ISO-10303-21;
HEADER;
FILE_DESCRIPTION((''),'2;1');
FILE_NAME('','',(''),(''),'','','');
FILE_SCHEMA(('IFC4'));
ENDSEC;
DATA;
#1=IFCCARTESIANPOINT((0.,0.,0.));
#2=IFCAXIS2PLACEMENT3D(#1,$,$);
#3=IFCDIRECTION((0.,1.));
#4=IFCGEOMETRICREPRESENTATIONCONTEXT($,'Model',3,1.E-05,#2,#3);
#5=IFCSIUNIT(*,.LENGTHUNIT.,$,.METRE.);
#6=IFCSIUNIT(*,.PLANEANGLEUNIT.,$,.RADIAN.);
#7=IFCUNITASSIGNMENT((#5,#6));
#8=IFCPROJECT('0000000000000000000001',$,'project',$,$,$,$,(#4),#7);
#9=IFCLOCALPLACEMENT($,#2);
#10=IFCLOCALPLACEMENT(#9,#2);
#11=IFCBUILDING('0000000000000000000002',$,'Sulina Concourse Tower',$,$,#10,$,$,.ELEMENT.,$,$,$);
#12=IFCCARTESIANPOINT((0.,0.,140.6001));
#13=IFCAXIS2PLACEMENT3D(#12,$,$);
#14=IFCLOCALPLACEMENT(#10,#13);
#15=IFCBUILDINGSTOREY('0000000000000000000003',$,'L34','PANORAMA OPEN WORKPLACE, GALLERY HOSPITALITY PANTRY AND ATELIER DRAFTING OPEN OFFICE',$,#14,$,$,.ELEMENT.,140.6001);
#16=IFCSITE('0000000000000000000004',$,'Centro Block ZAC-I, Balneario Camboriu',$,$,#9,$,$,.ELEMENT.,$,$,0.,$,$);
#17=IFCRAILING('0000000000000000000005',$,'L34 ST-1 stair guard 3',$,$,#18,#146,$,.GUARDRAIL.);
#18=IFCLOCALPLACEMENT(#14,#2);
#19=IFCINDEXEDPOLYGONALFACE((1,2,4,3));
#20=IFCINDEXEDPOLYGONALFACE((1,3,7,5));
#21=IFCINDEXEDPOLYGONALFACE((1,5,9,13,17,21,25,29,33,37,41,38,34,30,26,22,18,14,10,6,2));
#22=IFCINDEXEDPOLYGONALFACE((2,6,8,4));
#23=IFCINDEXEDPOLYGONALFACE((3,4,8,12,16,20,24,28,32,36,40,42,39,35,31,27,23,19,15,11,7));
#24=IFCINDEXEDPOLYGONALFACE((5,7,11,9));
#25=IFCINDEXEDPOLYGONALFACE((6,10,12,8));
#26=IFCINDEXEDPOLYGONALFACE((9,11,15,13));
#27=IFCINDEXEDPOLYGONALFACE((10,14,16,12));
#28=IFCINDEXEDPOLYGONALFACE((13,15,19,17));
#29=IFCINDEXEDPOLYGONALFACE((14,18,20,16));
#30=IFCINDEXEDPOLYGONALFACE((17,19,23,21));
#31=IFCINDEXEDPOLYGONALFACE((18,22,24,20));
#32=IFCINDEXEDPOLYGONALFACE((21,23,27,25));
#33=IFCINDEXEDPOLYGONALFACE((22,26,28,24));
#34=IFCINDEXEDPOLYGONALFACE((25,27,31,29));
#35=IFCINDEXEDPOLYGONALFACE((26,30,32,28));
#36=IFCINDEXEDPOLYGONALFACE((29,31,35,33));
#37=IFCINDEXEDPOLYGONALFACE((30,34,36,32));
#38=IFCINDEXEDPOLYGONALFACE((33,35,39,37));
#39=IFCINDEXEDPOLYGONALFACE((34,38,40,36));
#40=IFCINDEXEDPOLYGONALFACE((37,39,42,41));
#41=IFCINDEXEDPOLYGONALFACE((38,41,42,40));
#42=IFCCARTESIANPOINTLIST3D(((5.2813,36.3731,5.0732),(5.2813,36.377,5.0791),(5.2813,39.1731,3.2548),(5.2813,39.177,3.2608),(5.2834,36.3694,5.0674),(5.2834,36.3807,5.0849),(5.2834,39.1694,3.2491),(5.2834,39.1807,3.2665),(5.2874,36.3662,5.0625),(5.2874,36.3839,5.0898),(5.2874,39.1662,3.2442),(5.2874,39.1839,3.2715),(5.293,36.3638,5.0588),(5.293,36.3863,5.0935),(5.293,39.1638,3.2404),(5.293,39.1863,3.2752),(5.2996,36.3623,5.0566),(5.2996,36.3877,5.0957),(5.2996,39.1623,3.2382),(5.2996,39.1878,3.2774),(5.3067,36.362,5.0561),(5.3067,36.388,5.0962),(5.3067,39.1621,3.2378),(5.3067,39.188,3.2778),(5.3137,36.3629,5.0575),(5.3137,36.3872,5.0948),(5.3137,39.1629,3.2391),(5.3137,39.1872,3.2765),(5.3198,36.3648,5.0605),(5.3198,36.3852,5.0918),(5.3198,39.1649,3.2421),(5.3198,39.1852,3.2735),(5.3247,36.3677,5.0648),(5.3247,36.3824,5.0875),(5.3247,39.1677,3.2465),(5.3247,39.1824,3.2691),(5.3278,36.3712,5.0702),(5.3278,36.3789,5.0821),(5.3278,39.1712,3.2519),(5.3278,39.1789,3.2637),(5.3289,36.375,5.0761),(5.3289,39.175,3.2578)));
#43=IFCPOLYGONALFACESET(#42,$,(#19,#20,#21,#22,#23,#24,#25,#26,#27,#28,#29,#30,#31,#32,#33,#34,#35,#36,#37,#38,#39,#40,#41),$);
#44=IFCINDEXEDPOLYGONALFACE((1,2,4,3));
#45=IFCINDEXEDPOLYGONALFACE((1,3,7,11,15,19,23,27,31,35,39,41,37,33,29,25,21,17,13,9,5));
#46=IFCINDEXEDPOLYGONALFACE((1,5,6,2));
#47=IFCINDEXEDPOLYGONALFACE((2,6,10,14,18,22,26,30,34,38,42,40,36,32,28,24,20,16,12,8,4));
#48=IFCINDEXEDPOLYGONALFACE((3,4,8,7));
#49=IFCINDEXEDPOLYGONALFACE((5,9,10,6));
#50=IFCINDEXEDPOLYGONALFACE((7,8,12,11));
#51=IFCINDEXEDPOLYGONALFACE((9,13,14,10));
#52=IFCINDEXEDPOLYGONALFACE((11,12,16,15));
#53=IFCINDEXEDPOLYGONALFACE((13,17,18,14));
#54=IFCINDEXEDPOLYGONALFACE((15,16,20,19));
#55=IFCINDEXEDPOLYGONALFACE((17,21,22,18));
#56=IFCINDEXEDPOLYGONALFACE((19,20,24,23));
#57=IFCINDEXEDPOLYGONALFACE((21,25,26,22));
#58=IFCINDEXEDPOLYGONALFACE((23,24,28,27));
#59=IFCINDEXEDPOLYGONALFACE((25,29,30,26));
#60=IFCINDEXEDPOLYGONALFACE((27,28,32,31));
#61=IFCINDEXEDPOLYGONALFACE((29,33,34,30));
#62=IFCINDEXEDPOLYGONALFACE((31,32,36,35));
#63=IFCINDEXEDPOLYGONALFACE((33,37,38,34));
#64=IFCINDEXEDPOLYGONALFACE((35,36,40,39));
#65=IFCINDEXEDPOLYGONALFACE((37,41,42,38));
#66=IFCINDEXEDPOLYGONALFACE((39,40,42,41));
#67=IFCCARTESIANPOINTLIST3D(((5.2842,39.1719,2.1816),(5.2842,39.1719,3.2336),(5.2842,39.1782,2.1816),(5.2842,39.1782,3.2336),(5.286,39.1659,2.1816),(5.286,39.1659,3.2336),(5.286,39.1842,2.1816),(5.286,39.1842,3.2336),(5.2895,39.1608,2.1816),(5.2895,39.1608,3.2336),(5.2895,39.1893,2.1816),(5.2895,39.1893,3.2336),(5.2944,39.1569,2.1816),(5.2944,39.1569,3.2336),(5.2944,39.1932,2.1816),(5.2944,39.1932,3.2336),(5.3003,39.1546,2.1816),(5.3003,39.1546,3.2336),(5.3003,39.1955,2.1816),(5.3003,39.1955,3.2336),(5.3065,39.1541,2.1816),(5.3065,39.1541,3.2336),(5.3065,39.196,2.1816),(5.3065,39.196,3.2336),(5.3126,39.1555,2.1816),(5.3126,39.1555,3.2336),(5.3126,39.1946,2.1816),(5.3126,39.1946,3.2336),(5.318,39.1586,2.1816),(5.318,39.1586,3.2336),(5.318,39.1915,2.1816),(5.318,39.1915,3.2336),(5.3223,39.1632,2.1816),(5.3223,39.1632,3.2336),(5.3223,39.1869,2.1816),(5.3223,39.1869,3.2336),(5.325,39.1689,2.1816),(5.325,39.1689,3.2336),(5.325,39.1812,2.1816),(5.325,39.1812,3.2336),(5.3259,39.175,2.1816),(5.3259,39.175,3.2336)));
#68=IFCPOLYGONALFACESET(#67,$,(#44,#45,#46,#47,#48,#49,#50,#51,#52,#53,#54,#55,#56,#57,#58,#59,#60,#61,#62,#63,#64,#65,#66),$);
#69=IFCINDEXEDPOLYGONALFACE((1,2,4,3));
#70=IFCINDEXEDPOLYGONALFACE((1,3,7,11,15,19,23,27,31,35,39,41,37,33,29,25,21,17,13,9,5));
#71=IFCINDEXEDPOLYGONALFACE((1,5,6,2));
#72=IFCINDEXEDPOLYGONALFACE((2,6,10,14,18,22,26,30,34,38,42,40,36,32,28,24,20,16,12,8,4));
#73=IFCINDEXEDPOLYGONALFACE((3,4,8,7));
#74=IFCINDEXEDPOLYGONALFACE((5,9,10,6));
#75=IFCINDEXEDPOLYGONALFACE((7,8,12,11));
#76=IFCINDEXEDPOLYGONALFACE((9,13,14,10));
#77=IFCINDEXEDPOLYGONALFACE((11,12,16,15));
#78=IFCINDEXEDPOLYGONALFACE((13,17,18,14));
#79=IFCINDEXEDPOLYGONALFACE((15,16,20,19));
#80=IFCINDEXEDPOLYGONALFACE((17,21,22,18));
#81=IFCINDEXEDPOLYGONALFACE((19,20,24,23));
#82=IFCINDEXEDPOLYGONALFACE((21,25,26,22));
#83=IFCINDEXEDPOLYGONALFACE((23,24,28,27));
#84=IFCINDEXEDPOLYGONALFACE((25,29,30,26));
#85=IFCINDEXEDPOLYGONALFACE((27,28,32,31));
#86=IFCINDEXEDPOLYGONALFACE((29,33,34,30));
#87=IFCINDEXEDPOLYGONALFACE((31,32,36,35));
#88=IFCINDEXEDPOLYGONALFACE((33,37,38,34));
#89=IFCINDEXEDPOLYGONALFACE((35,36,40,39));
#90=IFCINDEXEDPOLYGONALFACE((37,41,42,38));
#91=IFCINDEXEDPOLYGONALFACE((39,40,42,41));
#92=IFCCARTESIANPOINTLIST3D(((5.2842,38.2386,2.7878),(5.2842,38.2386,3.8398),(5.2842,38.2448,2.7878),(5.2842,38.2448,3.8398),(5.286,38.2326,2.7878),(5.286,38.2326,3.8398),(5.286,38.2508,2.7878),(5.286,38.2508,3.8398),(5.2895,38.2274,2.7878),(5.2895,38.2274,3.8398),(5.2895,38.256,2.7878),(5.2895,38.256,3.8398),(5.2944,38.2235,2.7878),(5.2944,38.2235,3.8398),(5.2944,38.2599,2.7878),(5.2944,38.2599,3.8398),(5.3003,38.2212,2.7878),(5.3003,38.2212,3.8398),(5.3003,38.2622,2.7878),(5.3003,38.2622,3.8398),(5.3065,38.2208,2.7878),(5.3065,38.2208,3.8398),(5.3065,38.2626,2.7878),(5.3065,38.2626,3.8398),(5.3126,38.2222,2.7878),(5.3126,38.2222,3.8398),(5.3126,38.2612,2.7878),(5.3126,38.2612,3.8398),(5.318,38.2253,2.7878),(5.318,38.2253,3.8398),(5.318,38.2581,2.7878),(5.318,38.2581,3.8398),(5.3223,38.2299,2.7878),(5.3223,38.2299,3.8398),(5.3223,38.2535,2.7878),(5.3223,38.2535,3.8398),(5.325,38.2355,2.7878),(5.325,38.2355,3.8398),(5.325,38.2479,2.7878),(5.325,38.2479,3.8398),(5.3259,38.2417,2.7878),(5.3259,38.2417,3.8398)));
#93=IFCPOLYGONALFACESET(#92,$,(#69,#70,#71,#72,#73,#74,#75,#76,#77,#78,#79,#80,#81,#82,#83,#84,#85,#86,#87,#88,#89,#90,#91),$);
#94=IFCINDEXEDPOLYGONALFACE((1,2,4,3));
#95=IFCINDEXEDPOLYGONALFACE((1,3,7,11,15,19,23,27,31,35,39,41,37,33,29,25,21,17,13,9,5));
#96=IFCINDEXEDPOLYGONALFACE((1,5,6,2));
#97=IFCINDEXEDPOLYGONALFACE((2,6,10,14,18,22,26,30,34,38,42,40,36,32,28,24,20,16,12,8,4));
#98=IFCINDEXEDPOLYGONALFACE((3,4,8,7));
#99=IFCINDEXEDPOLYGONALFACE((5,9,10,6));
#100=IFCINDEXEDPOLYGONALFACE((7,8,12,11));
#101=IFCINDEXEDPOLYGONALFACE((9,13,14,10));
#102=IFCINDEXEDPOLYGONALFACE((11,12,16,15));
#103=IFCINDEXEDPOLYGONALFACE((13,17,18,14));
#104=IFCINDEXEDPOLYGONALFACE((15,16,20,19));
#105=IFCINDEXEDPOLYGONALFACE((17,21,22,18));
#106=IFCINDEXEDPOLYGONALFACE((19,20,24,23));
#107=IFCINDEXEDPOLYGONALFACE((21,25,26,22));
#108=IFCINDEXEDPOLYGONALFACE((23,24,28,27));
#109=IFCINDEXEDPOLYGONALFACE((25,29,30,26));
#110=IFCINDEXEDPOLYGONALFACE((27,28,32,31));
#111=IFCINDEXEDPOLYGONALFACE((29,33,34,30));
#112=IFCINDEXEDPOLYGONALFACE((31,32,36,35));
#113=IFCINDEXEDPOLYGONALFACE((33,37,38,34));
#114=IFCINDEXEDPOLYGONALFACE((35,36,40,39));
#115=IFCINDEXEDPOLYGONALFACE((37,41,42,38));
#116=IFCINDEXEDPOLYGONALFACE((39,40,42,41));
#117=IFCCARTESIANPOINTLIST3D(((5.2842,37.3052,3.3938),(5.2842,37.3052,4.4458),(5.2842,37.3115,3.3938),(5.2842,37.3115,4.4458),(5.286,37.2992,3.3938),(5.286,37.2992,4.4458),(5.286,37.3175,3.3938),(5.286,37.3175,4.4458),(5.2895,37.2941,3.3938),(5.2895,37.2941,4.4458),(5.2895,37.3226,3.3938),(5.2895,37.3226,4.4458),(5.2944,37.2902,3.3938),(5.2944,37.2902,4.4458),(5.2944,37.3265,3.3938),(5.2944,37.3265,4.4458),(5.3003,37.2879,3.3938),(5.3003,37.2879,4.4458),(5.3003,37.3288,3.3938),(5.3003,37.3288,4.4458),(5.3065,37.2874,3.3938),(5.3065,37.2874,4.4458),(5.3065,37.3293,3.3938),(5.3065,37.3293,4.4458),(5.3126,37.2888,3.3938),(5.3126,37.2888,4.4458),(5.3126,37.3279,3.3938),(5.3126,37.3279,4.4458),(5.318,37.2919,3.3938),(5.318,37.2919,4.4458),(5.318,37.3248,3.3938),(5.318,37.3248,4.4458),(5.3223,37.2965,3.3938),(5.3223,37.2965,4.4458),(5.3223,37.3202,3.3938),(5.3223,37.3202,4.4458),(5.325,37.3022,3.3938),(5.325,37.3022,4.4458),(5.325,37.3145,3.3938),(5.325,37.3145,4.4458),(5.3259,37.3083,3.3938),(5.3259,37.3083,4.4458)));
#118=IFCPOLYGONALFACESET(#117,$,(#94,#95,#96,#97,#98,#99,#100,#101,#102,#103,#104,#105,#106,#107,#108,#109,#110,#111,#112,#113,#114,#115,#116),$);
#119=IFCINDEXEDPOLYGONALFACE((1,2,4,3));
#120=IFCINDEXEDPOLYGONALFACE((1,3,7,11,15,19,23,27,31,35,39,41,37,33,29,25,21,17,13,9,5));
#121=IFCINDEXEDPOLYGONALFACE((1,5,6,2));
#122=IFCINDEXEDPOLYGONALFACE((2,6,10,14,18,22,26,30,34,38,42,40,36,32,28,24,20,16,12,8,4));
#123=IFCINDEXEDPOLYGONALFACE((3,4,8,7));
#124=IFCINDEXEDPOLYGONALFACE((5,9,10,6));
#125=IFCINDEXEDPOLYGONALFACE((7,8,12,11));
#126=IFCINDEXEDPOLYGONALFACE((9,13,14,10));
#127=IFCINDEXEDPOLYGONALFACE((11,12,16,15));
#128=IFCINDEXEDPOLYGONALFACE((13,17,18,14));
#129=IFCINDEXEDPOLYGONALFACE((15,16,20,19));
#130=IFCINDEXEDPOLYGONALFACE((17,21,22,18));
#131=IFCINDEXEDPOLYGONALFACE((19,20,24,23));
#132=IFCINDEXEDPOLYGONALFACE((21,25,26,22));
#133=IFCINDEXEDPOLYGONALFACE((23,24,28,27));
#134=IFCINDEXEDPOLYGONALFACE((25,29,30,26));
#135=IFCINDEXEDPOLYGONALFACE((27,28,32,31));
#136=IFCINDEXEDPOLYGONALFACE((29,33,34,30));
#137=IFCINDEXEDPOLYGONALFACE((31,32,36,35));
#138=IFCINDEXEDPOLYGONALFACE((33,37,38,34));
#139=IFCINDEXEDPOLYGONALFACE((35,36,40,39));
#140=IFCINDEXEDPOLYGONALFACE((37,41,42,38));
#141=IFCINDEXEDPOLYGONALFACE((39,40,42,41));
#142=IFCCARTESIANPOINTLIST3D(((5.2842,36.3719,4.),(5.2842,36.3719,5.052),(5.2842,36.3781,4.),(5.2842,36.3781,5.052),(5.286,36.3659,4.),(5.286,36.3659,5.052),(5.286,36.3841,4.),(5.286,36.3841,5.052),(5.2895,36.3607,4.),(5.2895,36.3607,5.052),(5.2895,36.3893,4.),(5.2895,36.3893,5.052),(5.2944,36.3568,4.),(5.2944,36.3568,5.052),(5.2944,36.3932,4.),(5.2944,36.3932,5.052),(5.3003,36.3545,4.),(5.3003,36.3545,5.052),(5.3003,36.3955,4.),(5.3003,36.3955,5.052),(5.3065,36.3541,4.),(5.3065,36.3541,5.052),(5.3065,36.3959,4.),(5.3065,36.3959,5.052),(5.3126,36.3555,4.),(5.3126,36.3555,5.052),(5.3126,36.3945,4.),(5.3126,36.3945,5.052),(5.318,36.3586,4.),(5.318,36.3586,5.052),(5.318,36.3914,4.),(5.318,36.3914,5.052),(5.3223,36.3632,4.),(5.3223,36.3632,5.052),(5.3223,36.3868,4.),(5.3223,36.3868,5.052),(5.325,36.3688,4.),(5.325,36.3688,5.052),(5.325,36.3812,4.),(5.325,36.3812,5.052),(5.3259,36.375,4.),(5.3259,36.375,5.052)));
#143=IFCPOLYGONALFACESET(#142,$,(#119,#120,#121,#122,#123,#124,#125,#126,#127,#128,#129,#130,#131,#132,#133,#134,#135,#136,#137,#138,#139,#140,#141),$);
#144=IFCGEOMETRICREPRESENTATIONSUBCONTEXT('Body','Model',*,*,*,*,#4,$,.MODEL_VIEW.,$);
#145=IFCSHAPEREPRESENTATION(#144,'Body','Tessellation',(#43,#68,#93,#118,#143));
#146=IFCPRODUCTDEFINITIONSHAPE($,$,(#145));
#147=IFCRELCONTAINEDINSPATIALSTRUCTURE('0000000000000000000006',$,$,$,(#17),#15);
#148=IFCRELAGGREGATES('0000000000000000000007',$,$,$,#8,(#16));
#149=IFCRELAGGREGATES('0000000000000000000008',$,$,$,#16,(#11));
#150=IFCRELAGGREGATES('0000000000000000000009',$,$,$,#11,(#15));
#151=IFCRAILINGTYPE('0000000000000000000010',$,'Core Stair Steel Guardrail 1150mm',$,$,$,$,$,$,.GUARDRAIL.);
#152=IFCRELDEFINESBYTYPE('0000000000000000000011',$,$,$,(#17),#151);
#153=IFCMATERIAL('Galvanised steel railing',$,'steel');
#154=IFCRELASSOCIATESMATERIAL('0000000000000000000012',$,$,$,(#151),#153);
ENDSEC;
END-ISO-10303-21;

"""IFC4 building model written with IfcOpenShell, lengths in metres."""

from ifc_helpers import new_model, si_unit, direction, frame, origin, origin_2d, place, context, subcontext, project, spatial, circle, extrude, material, type_object, element, save


model = new_model("IFC4")

# Units and contexts
model_context = context("Model", 3, precision=1e-05, world=origin(), true_north=direction((0.0, 1.0)))
body_context = subcontext(model_context, "Body", "Model", "MODEL_VIEW")
ifc_project = project(units=[si_unit("LENGTHUNIT", "METRE"), si_unit("PLANEANGLEUNIT", "RADIAN")], contexts=[model_context])

# Site, building, storey
site_placement = place(None, origin())
site = spatial("IfcSite", under=ifc_project, at=site_placement, Name="Centro Block ZAC-I, Balneario Camboriu", CompositionType="ELEMENT", RefElevation=0.0)
building_placement = place(site_placement, origin())
building = spatial("IfcBuilding", under=site, at=building_placement, Name="Sulina Concourse Tower", CompositionType="ELEMENT")
storey_placement = place(building_placement, frame((0.0, 0.0, 140.6001)))
storey = spatial("IfcBuildingStorey", under=building, at=storey_placement, Name="L34", Description="PANORAMA OPEN WORKPLACE, GALLERY HOSPITALITY PANTRY AND ATELIER DRAFTING OPEN OFFICE", CompositionType="ELEMENT", Elevation=140.6001)

# Railing
ifc_material_1 = material(Name="Galvanised steel railing", Category="steel")
railing_type_1 = type_object("IfcRailingType", Name="Core Stair Steel Guardrail 1150mm", PredefinedType="GUARDRAIL", material=ifc_material_1)
railing_1_placement = place(storey_placement, frame((5.3049, 39.175, 2.1816)))
element("IfcRailing", 1, at=railing_1_placement, inside=storey, type_object=railing_type_1, Name="L34 ST-1 stair guard 3", PredefinedType="GUARDRAIL", context=body_context, shape_type="SweptSolid", body=[
    extrude(circle(Radius=0.0239, at=origin_2d()), frame((0.0, 0.0, 1.0762), z_axis=(0.0, -0.838672, 0.544636), x_axis=(1.0, 0.0, 0.0)), (0.0, 0.0, 1.0), 3.3386),
    extrude(circle(Radius=0.021, at=origin_2d()), origin(), (0.0, 0.0, 1.0), 1.052),
    extrude(circle(Radius=0.021, at=origin_2d()), frame((0.0, -0.9333, 0.6062)), (0.0, 0.0, 1.0), 1.052),
    extrude(circle(Radius=0.021, at=origin_2d()), frame((0.0, -1.8667, 1.2122)), (0.0, 0.0, 1.0), 1.052),
    extrude(circle(Radius=0.021, at=origin_2d()), frame((0.0, -2.8, 1.8184)), (0.0, 0.0, 1.0), 1.052),
])

save(model, "model.ifc")
